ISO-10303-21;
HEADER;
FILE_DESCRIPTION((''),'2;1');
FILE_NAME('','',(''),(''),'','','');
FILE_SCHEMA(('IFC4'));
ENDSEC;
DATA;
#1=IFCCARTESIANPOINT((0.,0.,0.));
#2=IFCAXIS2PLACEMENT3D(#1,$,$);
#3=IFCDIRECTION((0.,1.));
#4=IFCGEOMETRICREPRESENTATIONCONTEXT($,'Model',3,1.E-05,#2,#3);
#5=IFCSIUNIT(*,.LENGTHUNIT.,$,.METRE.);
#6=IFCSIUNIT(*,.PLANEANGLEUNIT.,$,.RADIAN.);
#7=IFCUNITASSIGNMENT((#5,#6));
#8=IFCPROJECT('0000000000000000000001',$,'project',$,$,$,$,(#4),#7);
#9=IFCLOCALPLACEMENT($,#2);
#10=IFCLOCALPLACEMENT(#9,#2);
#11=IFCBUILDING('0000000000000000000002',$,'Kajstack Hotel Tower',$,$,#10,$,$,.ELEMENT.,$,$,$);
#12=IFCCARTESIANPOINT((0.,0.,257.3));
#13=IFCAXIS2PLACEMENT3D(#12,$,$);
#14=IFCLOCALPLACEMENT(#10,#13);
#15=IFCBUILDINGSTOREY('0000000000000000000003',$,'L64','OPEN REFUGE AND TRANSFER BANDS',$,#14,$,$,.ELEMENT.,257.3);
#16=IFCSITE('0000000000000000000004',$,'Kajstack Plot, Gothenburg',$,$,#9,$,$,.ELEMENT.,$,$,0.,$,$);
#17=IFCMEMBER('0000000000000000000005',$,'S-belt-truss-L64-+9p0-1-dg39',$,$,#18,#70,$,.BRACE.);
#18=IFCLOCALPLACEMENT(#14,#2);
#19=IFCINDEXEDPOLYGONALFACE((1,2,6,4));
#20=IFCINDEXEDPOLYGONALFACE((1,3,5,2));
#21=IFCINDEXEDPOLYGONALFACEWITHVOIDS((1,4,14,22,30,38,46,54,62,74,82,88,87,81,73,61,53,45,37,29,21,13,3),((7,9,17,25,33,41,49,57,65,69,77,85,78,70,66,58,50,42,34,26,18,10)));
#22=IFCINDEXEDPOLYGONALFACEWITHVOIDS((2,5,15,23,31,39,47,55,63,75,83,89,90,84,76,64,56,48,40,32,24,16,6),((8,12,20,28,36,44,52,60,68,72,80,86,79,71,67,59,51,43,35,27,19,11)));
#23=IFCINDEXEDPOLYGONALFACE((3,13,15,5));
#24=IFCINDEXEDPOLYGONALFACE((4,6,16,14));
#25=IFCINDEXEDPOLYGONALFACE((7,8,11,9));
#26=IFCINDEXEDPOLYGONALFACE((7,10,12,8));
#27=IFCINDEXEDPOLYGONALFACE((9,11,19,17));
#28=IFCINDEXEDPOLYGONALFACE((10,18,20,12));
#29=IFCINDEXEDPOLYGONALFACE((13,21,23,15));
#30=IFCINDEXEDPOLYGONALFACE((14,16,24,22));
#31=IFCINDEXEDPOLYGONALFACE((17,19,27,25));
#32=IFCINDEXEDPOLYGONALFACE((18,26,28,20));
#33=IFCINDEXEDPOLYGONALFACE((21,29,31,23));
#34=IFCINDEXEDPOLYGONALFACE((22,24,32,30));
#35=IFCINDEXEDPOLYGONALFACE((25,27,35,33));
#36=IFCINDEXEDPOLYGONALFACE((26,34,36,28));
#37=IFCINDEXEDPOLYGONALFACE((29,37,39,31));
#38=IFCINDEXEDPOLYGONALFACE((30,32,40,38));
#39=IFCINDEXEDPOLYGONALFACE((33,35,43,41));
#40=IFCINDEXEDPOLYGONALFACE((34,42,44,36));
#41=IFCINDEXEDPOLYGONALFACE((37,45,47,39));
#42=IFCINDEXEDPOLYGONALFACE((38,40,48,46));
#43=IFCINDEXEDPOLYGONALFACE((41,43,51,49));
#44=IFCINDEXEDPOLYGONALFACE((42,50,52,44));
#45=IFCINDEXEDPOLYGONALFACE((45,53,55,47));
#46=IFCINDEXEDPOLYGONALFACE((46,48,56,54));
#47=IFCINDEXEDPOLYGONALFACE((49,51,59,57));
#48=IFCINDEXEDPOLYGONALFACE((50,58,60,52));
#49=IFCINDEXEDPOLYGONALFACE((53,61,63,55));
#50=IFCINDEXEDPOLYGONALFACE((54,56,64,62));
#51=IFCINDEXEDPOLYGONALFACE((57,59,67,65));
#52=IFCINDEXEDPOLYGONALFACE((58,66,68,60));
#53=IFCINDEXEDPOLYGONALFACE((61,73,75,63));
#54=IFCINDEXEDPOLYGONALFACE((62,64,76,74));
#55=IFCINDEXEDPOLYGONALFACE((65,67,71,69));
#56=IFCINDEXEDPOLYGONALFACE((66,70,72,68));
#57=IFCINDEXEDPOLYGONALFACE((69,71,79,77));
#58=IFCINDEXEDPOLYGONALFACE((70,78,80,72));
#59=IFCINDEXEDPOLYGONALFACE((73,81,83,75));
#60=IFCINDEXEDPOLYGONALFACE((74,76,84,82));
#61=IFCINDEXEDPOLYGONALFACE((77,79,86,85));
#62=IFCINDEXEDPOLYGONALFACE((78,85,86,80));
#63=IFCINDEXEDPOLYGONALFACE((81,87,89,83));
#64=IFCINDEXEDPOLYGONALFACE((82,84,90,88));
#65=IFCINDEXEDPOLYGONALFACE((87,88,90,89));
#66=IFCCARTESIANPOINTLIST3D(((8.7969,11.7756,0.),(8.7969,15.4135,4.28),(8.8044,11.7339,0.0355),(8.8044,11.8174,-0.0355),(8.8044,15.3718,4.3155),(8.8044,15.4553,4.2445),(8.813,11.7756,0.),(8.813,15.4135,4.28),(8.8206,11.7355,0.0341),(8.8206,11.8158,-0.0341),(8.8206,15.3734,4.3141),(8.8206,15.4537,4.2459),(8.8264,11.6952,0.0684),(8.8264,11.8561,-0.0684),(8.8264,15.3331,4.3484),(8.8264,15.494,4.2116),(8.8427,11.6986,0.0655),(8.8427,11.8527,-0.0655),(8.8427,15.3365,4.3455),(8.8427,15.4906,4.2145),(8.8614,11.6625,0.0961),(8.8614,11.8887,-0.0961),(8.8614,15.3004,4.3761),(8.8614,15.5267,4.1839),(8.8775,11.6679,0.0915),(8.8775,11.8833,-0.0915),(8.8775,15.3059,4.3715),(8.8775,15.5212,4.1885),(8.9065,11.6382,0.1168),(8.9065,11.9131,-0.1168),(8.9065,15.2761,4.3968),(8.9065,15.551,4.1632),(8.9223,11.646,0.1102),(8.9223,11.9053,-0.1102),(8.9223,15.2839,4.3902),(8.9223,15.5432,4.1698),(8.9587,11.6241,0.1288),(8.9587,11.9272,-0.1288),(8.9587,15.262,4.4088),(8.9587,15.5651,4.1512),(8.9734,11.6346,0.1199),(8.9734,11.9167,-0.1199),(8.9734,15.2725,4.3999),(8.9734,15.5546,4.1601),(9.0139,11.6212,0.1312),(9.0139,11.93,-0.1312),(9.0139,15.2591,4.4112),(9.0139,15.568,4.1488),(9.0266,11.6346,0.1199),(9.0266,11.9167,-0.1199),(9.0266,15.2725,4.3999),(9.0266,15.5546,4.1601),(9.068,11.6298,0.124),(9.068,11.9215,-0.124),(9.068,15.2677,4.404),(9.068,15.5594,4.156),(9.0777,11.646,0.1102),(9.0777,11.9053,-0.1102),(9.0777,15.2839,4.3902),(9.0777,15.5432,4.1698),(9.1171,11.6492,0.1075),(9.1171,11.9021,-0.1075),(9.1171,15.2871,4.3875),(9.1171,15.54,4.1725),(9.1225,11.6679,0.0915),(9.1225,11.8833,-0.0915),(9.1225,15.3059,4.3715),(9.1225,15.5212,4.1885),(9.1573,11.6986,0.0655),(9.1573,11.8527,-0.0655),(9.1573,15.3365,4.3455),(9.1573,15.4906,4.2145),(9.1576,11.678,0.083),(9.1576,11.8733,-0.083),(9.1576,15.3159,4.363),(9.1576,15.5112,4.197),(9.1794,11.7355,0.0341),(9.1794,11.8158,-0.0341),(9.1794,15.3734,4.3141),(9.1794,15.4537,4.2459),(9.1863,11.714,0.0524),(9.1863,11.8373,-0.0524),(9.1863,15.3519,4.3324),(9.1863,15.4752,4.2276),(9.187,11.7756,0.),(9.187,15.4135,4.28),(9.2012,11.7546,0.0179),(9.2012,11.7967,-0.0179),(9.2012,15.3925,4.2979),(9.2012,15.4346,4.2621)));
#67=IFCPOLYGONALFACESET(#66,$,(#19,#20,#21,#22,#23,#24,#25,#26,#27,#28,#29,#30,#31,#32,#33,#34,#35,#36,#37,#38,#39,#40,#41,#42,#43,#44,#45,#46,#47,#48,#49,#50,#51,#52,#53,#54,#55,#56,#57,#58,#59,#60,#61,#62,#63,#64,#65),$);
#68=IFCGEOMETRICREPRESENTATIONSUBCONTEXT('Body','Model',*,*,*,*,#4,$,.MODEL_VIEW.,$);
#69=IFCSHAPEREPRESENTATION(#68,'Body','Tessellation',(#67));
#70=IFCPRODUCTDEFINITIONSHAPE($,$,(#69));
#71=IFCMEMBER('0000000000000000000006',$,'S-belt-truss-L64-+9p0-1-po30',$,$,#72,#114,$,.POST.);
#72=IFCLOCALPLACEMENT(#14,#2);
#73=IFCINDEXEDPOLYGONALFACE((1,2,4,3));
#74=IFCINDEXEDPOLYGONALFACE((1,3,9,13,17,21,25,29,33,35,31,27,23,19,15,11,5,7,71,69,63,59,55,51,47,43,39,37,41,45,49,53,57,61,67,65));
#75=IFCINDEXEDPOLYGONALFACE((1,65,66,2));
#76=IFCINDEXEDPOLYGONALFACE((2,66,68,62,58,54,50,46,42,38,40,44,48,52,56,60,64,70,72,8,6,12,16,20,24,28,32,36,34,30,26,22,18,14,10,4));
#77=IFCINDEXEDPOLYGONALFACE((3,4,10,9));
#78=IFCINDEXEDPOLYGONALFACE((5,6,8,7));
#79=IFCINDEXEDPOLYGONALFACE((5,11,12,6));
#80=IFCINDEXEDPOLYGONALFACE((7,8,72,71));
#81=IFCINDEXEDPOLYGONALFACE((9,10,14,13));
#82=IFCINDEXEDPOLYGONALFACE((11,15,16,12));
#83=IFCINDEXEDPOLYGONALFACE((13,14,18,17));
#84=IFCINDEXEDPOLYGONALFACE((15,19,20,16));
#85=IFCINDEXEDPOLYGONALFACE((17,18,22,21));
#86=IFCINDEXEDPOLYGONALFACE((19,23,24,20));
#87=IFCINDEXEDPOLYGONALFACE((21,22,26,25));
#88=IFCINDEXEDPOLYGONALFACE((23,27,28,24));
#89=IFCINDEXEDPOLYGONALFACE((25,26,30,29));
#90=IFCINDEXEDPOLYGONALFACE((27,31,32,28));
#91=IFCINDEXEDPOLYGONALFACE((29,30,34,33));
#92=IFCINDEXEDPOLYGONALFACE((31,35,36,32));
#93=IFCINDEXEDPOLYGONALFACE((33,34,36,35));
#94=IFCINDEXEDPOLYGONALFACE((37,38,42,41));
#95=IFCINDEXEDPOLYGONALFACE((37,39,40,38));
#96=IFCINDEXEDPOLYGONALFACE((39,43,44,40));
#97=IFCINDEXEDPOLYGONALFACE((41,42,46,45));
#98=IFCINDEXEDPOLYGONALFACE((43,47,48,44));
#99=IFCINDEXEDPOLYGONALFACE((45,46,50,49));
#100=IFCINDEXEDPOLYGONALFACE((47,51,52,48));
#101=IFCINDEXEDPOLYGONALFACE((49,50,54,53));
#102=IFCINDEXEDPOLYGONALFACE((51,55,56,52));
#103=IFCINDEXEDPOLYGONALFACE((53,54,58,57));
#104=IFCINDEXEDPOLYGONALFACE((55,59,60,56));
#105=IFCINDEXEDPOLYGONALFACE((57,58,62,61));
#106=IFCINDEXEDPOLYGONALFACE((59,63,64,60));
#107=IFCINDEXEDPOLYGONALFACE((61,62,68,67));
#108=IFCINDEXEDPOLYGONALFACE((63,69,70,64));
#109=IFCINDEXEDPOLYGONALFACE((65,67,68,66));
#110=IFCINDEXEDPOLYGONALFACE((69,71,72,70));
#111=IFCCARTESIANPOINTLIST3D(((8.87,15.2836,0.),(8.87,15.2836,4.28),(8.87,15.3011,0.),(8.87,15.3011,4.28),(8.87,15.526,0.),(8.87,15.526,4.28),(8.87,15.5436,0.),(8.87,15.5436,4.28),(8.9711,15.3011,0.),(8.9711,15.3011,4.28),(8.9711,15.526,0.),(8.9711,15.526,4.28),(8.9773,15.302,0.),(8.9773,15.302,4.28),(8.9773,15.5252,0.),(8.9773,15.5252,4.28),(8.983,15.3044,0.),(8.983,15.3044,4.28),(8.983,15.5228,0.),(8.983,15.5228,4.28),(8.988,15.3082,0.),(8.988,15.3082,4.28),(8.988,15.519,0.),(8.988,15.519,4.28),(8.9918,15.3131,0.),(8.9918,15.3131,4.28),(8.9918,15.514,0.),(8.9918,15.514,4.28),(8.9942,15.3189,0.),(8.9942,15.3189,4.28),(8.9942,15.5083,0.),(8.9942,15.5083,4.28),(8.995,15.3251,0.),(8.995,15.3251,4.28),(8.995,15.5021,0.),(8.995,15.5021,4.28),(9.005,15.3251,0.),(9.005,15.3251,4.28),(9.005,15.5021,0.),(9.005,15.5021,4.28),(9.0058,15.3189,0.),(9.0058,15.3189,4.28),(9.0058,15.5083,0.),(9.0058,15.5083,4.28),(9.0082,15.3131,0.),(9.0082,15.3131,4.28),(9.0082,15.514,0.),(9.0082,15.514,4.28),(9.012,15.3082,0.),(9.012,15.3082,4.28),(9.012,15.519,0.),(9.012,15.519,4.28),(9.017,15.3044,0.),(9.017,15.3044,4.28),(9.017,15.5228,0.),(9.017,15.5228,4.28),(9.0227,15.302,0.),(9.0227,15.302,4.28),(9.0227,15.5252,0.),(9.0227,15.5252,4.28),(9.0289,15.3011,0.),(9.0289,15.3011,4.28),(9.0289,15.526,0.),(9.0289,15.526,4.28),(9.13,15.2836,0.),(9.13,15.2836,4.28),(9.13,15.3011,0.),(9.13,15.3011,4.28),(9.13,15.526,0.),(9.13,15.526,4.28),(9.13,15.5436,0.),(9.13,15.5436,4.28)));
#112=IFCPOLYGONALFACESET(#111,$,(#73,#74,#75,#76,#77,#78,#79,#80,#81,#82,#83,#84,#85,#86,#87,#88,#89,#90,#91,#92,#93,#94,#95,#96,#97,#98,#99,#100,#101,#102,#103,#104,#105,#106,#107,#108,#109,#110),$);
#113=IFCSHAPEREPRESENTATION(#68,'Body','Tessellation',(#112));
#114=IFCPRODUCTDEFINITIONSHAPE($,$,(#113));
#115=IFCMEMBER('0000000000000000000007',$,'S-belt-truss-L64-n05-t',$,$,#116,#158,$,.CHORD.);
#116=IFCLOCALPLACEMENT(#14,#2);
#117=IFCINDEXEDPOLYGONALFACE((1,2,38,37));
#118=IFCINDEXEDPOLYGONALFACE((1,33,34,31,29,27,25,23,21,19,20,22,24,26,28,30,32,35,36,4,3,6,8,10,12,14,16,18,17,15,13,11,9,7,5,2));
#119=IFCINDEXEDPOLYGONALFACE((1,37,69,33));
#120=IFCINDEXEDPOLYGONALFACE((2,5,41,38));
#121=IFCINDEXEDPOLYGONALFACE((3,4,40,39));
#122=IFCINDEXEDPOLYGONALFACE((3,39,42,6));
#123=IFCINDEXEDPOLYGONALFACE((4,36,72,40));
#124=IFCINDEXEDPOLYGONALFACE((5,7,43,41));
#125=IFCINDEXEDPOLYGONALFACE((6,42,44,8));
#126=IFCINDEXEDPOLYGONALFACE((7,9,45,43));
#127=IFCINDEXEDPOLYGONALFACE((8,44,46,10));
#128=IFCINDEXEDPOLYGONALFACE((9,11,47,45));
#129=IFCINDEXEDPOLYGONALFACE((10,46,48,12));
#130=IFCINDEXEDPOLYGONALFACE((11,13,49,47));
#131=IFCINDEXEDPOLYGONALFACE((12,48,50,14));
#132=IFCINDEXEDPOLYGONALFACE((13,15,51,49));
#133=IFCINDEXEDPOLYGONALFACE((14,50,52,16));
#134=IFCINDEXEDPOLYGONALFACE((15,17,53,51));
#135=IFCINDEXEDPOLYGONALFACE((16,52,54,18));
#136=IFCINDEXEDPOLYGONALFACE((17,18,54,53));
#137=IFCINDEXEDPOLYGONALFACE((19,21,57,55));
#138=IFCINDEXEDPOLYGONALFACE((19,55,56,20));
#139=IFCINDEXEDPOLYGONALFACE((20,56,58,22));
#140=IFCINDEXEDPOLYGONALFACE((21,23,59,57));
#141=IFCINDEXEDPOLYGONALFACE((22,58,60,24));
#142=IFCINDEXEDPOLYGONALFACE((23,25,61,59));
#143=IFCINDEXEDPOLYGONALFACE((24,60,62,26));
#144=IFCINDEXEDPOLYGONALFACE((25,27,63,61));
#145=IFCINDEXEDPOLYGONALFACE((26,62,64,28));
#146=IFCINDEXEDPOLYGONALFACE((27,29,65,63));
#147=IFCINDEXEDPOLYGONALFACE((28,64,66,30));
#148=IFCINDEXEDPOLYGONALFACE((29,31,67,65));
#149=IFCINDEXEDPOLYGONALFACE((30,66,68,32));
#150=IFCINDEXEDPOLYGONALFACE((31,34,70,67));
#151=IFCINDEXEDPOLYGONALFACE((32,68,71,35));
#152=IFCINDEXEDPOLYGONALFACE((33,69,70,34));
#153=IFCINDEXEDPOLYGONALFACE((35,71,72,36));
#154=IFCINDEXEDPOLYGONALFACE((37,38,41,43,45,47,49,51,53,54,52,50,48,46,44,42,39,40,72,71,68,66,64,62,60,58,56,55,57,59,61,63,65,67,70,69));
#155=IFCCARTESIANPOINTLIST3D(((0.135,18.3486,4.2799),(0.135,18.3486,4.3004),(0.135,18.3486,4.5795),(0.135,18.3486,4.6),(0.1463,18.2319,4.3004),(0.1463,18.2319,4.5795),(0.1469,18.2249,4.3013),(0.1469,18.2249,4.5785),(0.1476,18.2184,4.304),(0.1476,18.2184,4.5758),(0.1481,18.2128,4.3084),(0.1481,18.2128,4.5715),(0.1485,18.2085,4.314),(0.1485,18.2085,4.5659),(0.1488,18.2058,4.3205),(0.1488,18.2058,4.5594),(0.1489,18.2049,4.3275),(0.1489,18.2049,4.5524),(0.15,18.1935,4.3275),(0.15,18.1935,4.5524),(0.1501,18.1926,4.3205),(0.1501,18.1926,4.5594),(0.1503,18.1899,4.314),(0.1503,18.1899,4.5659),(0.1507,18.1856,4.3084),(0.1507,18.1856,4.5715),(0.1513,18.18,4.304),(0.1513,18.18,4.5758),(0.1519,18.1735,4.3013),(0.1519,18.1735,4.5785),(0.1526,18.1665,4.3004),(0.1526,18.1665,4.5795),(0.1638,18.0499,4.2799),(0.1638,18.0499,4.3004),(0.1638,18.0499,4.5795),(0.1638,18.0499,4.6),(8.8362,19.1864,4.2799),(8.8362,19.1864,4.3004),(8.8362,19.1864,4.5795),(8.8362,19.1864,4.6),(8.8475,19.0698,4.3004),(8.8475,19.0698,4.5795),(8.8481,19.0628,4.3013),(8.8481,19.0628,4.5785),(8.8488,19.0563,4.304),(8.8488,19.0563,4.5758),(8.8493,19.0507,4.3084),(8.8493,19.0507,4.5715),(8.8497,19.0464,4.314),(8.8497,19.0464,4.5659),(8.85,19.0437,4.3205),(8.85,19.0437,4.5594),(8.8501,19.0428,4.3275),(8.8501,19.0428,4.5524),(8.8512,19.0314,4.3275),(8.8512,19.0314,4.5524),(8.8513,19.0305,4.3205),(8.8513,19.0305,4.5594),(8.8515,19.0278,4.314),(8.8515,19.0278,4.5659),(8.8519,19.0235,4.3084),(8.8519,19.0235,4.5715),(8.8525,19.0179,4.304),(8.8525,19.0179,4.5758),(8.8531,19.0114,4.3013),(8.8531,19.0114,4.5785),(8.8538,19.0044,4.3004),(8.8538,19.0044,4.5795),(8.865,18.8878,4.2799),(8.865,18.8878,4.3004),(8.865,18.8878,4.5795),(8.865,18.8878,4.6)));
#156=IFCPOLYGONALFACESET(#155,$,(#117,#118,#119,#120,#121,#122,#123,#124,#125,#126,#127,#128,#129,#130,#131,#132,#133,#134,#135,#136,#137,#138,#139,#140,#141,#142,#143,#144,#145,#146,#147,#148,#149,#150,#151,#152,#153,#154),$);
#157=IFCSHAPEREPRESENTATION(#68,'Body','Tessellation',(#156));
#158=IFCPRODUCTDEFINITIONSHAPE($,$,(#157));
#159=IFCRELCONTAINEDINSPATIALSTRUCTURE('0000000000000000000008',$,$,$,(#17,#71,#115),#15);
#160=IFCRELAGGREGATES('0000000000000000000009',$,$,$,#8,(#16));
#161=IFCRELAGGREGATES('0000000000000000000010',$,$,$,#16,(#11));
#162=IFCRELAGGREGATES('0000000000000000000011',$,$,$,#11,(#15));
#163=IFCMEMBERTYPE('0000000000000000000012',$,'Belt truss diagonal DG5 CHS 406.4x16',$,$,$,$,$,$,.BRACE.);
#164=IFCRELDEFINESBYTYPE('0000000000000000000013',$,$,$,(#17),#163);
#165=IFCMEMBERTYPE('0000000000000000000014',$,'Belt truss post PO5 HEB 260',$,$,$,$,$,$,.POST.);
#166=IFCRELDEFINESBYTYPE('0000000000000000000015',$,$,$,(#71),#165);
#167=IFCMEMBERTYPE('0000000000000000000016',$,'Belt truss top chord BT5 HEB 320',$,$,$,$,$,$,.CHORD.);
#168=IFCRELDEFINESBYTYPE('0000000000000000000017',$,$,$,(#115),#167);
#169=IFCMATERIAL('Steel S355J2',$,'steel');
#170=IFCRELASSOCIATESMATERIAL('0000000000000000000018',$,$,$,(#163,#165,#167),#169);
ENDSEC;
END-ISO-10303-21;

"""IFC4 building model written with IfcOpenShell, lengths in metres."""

from ifc_helpers import new_model, si_unit, direction, frame, origin, origin_2d, place, context, subcontext, project, spatial, hollow_circle, i_section, extrude, material, material_profile, profile_set, type_object, element, save


model = new_model("IFC4")

# Units and contexts
model_context = context("Model", 3, precision=1e-05, world=origin(), true_north=direction((0.0, 1.0)))
body_context = subcontext(model_context, "Body", "Model", "MODEL_VIEW")
ifc_project = project(units=[si_unit("LENGTHUNIT", "METRE"), si_unit("PLANEANGLEUNIT", "RADIAN")], contexts=[model_context])

# Site, building, storey
site_placement = place(None, origin())
site = spatial("IfcSite", under=ifc_project, at=site_placement, Name="Kajstack Plot, Gothenburg", CompositionType="ELEMENT", RefElevation=0.0)
building_placement = place(site_placement, origin())
building = spatial("IfcBuilding", under=site, at=building_placement, Name="Kajstack Hotel Tower", CompositionType="ELEMENT")
storey_placement = place(building_placement, frame((0.0, 0.0, 257.3)))
storey = spatial("IfcBuildingStorey", under=building, at=storey_placement, Name="L64", Description="OPEN REFUGE AND TRANSFER BANDS", CompositionType="ELEMENT", Elevation=257.3)

# Members
ifc_material = material(Name="Steel S355J2", Category="steel")
ifc_material_profile_1 = material_profile(ifc_material, hollow_circle(Radius=0.2031, WallThickness=0.0161, at=origin_2d()), Name="CHS 406.4x16")
ifc_profile_set_1 = profile_set([ifc_material_profile_1], Name="Steel S355J2")
member_type_1 = type_object("IfcMemberType", Name="Belt truss diagonal DG5 CHS 406.4x16", PredefinedType="BRACE", material=ifc_profile_set_1)
for number, where, z_axis, x_axis, name in (
    (1, (9.0, 11.7756, 0.0), (0.0, 0.64764, 0.761947), (-1.0, 0.0, 0.0), "S-belt-truss-L64-+9p0-1-dg39"),
):
    element("IfcMember", number, at=place(storey_placement, frame(where, z_axis=z_axis, x_axis=x_axis)), inside=storey, type_object=member_type_1, Name=name, PredefinedType="BRACE", context=body_context, shape_type="SweptSolid", body=[
        extrude(hollow_circle(Radius=0.2031, WallThickness=0.0161, at=origin_2d()), origin(), (0.0, 0.0, 1.0), 5.6172),
    ])
ifc_material_profile_2 = material_profile(ifc_material, i_section(OverallWidth=0.26, OverallDepth=0.26, WebThickness=0.01, FlangeThickness=0.0176, FilletRadius=0.0239, at=origin_2d()), Name="HEB 260")
ifc_profile_set_2 = profile_set([ifc_material_profile_2], Name="Steel S355J2")
member_type_2 = type_object("IfcMemberType", Name="Belt truss post PO5 HEB 260", PredefinedType="POST", material=ifc_profile_set_2)
member_1_placement = place(storey_placement, frame((9.0, 15.4136, 0.0), z_axis=(0.0, 0.0, 1.0), x_axis=(1.0, 0.0, 0.0)))
element("IfcMember", 2, at=member_1_placement, inside=storey, type_object=member_type_2, Name="S-belt-truss-L64-+9p0-1-po30", PredefinedType="POST", context=body_context, shape_type="SweptSolid", body=[
    extrude(i_section(OverallWidth=0.26, OverallDepth=0.26, WebThickness=0.01, FlangeThickness=0.0176, FilletRadius=0.0239, at=origin_2d()), origin(), (0.0, 0.0, 1.0), 4.28),
])
ifc_material_profile_3 = material_profile(ifc_material, i_section(OverallWidth=0.3, OverallDepth=0.3201, WebThickness=0.0115, FlangeThickness=0.0205, FilletRadius=0.0271, at=origin_2d()), Name="HEB 320")
ifc_profile_set_3 = profile_set([ifc_material_profile_3], Name="Steel S355J2")
member_type_3 = type_object("IfcMemberType", Name="Belt truss top chord BT5 HEB 320", PredefinedType="CHORD", material=ifc_profile_set_3)
member_2_placement = place(storey_placement, frame((0.1494, 18.1992, 4.4399), z_axis=(0.995396, 0.095853, 0.0), x_axis=(-0.095853, 0.995396, 0.0)))
element("IfcMember", 3, at=member_2_placement, inside=storey, type_object=member_type_3, Name="S-belt-truss-L64-n05-t", PredefinedType="CHORD", context=body_context, shape_type="SweptSolid", body=[
    extrude(i_section(OverallWidth=0.3, OverallDepth=0.3201, WebThickness=0.0115, FlangeThickness=0.0205, FilletRadius=0.0271, at=origin_2d()), origin(), (0.0, 0.0, 1.0), 8.7415),
])

save(model, "model.ifc")
